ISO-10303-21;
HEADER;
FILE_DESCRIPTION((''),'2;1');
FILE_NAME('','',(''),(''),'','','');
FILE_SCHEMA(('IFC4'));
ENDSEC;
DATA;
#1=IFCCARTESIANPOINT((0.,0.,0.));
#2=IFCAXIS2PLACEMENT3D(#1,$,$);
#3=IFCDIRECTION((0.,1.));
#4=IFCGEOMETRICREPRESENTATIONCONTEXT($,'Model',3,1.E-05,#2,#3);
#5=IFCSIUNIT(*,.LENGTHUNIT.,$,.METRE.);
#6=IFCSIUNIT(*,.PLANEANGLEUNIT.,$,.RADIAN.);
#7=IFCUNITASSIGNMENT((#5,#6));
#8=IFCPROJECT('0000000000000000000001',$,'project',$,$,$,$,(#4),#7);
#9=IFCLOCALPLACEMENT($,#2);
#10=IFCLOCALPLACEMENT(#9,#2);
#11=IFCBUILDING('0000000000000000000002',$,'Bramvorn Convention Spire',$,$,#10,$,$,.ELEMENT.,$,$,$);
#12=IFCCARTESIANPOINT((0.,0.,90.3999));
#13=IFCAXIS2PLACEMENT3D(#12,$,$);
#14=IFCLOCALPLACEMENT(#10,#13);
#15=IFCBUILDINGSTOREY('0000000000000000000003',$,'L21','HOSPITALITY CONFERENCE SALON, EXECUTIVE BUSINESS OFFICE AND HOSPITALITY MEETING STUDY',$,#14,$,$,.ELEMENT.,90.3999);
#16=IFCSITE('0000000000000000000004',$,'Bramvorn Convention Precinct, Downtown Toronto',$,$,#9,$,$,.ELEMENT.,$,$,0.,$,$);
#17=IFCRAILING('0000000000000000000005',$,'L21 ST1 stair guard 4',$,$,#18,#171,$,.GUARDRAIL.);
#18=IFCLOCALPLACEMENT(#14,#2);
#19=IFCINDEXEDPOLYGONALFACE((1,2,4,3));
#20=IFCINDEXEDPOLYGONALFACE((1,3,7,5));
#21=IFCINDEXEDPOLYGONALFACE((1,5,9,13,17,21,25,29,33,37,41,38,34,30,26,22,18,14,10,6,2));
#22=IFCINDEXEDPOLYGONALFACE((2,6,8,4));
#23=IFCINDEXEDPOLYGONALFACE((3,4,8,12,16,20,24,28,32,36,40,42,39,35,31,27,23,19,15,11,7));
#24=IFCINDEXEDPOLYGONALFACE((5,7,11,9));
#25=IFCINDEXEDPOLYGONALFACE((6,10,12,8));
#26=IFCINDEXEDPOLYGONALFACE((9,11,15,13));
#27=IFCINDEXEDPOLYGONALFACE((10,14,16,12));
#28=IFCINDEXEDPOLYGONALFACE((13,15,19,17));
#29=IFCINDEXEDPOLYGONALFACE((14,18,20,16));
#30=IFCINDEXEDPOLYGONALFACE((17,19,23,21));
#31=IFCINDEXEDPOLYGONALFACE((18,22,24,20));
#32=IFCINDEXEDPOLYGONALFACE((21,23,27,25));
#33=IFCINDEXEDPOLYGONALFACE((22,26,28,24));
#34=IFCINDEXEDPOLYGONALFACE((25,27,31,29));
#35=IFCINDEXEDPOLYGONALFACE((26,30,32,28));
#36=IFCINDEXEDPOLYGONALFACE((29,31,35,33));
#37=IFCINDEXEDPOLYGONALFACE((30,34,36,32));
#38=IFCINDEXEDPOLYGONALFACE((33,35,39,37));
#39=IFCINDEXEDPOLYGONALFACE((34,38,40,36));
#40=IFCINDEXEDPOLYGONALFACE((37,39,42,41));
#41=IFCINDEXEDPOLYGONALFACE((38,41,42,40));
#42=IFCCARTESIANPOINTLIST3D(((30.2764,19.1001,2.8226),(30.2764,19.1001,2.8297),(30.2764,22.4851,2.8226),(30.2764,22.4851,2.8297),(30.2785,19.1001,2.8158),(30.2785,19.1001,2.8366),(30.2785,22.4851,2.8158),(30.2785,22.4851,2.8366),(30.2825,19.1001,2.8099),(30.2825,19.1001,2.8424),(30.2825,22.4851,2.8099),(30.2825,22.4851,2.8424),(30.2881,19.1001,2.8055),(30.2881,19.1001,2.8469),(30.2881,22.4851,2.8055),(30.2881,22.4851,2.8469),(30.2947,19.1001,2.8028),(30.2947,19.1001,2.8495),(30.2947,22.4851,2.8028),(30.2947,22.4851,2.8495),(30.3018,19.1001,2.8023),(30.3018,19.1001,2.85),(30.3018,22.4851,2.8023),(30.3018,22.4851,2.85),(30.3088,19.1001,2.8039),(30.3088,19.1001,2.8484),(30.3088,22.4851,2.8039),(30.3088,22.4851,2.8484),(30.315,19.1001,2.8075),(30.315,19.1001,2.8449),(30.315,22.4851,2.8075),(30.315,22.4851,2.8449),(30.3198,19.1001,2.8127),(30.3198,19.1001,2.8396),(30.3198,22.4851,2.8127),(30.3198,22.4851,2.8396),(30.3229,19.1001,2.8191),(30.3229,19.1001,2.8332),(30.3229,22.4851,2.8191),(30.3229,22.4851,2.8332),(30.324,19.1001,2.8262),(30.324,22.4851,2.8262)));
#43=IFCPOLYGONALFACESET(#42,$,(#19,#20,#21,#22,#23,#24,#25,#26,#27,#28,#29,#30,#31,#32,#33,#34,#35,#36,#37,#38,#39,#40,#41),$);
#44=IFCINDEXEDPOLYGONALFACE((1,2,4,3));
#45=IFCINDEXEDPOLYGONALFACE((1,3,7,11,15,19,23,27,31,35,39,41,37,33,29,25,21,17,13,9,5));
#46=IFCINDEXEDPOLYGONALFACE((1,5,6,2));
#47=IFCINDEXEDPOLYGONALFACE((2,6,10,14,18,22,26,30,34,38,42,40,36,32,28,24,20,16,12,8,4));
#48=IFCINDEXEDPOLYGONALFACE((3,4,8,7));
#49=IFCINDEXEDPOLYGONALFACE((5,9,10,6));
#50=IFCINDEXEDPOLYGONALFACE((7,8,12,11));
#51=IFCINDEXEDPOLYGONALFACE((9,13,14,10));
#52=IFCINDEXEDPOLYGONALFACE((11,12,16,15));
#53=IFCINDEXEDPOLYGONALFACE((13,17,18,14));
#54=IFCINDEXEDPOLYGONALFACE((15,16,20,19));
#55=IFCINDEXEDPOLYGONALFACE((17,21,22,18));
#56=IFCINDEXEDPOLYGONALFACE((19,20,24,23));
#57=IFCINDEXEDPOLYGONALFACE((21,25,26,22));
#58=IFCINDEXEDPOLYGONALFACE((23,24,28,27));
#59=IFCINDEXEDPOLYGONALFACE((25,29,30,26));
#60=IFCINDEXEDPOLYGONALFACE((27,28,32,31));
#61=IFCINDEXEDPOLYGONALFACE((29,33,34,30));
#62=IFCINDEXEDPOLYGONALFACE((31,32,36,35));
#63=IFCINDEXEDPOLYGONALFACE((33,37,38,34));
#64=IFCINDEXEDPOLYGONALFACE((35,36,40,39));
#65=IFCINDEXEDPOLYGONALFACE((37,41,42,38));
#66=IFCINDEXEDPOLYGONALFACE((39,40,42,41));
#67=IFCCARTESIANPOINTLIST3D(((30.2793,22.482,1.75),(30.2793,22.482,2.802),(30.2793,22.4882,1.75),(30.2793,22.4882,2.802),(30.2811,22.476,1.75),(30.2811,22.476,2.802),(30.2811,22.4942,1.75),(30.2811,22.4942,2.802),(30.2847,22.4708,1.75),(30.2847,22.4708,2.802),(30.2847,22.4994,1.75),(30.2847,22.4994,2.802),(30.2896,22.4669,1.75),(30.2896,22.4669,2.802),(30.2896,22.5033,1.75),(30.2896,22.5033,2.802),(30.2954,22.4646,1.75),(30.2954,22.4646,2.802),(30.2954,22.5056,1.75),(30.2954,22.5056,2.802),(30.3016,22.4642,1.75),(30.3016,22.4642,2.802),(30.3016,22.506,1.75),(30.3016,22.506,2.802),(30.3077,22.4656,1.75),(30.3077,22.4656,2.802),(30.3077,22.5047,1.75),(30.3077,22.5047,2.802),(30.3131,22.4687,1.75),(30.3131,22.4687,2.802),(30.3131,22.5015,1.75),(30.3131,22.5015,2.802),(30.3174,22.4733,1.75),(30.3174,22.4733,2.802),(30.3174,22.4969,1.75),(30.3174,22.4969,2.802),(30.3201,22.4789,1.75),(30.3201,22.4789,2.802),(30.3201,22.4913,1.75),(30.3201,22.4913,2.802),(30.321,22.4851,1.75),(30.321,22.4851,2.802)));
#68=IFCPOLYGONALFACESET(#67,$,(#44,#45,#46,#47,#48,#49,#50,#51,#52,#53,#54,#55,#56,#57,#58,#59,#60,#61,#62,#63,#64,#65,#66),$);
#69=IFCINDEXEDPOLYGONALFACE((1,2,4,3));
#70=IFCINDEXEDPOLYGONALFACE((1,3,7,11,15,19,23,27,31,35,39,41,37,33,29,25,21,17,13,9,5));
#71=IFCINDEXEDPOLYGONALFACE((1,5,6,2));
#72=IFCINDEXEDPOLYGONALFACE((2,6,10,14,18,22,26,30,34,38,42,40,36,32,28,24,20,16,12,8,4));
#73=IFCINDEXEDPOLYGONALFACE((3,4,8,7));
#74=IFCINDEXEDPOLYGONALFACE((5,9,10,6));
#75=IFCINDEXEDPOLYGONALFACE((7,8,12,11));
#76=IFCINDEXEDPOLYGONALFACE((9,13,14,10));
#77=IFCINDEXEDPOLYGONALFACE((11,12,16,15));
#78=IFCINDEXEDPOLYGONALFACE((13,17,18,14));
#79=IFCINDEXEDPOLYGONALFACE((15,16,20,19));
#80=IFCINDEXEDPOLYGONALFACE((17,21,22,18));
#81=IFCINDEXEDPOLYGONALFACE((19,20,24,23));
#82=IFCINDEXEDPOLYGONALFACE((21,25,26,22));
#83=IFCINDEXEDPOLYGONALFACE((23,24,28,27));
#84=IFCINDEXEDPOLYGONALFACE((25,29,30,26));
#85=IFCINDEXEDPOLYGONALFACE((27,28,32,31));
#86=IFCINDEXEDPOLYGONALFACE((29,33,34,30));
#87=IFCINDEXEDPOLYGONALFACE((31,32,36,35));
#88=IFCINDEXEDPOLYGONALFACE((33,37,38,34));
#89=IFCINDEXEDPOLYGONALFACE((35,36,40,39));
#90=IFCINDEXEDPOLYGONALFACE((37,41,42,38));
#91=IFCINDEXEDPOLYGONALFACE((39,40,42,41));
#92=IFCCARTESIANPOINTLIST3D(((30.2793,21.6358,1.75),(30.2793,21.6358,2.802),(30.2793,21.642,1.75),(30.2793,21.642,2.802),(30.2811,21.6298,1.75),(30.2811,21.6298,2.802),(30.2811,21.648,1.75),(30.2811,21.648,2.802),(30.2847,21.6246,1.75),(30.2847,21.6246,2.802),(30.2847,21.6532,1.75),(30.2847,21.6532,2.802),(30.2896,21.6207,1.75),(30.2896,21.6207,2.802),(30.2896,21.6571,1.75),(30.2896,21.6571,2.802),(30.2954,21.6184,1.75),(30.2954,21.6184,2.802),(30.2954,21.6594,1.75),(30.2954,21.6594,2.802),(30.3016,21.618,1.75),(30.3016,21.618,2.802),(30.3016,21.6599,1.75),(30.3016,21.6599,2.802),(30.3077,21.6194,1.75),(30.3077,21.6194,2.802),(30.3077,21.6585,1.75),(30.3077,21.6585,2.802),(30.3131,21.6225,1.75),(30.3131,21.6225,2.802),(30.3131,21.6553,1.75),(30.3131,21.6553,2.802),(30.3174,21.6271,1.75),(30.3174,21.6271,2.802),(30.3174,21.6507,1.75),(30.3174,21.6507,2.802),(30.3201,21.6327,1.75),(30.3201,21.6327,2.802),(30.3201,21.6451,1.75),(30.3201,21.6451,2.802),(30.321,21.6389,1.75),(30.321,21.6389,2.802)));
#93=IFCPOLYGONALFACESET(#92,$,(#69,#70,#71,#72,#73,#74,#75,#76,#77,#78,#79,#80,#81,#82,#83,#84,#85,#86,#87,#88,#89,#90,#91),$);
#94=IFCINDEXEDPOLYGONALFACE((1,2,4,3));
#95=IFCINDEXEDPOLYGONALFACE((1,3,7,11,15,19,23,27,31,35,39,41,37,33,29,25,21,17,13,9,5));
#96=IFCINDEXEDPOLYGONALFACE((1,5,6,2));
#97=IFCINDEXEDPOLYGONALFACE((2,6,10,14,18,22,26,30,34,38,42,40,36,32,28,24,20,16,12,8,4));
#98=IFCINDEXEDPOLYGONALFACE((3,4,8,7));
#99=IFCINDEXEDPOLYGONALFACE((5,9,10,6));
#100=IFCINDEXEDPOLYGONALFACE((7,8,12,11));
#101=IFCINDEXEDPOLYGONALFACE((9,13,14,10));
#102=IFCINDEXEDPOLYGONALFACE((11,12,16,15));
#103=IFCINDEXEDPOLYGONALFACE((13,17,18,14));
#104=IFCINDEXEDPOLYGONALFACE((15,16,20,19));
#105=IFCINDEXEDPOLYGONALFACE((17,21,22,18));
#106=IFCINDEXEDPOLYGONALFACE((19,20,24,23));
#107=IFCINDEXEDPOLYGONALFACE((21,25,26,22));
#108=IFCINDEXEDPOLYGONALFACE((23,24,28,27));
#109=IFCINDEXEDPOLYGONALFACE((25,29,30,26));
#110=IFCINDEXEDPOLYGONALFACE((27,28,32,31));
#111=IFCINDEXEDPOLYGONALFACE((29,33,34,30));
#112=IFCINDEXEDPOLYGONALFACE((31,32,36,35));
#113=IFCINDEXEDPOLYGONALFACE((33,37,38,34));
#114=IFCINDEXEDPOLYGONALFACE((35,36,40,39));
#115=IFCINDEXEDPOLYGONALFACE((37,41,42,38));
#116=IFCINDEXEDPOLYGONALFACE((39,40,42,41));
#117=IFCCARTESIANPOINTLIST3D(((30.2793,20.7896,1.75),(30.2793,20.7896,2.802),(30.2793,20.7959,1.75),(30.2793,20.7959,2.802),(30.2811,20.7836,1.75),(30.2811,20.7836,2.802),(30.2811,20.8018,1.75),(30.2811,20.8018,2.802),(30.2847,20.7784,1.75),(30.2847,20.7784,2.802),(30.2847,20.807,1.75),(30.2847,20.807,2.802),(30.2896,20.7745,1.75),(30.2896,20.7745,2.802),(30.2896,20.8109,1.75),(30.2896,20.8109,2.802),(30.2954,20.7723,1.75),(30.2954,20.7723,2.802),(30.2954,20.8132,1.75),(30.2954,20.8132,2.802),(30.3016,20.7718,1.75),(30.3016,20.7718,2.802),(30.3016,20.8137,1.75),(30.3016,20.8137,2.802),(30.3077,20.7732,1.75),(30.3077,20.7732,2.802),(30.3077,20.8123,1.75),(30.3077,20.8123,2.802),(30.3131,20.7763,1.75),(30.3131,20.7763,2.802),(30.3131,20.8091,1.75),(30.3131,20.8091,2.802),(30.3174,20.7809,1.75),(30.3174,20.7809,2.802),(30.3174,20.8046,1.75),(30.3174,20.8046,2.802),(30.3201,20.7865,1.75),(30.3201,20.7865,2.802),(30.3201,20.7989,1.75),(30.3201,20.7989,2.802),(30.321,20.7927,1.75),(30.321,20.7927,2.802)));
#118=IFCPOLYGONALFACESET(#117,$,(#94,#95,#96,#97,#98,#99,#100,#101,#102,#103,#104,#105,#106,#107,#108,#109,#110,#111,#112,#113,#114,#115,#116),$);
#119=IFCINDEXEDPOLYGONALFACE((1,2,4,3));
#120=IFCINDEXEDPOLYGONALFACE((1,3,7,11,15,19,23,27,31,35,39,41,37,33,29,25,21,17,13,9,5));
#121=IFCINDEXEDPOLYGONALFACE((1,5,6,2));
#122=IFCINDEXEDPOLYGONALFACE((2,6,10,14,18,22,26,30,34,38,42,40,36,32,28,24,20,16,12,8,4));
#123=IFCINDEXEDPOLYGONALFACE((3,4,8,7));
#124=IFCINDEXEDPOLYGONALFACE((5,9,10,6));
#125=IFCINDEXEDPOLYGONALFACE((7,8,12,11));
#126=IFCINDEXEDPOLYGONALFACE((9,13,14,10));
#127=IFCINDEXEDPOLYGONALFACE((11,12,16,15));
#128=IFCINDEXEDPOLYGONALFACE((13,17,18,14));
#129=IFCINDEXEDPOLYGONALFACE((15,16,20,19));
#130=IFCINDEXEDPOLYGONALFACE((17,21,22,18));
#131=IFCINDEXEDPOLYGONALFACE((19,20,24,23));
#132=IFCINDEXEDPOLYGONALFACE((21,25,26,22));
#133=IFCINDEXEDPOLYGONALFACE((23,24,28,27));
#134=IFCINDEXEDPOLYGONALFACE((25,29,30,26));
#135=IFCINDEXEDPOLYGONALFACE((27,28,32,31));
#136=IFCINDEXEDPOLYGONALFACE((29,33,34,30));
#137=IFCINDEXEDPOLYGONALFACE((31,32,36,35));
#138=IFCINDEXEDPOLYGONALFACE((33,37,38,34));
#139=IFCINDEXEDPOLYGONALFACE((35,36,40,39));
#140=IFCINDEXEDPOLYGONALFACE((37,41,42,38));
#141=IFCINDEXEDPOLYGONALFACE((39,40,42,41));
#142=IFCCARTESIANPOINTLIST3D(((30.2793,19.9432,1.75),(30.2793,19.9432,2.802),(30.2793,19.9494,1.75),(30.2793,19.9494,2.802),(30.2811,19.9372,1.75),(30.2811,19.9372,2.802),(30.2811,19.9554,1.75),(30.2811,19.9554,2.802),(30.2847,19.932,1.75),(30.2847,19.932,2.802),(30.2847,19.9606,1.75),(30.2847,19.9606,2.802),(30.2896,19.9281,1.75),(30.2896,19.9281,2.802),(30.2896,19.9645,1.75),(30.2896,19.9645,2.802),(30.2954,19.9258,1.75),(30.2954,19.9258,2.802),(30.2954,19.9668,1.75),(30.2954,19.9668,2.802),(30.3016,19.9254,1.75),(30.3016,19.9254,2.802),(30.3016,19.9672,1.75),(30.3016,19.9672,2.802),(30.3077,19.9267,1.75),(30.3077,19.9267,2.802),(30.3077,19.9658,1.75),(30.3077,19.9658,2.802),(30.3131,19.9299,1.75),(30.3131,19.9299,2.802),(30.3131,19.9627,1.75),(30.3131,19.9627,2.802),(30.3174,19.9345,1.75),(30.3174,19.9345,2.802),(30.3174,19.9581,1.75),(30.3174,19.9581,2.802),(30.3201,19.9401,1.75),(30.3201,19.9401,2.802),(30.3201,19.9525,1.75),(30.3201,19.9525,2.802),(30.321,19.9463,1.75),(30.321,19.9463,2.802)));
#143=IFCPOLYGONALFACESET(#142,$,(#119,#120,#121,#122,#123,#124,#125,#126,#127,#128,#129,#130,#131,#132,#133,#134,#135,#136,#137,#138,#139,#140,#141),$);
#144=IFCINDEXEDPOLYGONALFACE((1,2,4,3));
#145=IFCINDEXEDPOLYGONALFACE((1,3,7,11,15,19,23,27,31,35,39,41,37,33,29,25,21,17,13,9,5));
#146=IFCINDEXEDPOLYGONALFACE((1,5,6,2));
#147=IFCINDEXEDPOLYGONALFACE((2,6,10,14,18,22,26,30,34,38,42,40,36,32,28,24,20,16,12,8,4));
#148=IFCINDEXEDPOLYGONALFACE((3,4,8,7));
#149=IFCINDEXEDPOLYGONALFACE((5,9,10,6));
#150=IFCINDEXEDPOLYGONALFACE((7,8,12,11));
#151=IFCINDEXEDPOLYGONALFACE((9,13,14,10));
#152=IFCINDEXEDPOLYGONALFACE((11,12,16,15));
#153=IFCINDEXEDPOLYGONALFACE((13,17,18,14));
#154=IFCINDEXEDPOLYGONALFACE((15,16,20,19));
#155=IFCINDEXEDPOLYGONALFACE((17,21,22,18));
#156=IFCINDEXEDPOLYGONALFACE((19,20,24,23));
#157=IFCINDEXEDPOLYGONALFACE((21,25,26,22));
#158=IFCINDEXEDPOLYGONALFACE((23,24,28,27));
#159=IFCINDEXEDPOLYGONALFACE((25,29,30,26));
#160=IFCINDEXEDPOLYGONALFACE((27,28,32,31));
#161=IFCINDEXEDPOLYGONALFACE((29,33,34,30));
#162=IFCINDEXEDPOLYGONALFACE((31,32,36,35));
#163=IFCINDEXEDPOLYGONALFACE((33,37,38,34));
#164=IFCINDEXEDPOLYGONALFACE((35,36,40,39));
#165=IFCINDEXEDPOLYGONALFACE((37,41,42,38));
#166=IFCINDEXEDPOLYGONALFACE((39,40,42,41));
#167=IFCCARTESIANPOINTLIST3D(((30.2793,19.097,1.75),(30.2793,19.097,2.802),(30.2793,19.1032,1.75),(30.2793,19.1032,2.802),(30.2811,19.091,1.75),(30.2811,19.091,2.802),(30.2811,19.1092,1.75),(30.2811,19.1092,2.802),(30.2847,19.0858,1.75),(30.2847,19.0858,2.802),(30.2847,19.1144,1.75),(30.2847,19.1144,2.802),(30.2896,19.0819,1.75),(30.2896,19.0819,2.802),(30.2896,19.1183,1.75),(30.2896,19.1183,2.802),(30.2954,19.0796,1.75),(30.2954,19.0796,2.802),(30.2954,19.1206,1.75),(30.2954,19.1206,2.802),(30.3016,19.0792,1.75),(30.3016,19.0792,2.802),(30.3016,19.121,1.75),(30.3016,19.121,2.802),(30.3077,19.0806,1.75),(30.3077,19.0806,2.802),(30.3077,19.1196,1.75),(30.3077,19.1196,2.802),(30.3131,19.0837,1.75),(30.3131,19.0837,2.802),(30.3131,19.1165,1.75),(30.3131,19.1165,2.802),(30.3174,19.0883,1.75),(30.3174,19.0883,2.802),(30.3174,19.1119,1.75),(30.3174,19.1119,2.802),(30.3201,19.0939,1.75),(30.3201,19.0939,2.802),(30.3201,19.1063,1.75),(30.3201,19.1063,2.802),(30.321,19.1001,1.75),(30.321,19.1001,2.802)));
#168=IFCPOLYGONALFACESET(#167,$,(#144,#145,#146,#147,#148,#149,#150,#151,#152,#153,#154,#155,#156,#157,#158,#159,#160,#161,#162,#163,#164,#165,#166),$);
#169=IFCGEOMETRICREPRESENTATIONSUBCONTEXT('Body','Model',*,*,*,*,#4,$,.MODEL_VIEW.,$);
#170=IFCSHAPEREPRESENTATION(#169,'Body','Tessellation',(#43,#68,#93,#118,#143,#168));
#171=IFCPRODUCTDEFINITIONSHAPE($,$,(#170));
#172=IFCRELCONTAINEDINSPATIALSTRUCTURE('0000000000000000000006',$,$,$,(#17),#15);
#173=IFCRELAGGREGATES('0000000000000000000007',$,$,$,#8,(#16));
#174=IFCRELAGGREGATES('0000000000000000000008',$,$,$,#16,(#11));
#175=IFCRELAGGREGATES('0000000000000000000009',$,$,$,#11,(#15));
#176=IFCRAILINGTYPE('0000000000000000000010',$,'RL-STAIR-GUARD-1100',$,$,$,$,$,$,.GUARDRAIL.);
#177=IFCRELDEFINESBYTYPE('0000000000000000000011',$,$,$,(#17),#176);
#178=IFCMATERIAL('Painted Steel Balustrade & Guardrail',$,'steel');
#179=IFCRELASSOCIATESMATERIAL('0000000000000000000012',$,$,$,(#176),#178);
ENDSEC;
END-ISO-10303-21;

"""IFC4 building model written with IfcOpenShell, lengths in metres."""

from ifc_helpers import new_model, si_unit, direction, frame, origin, origin_2d, place, context, subcontext, project, spatial, circle, extrude, material, type_object, element, save


model = new_model("IFC4")

# Units and contexts
model_context = context("Model", 3, precision=1e-05, world=origin(), true_north=direction((0.0, 1.0)))
body_context = subcontext(model_context, "Body", "Model", "MODEL_VIEW")
ifc_project = project(units=[si_unit("LENGTHUNIT", "METRE"), si_unit("PLANEANGLEUNIT", "RADIAN")], contexts=[model_context])

# Site, building, storey
site_placement = place(None, origin())
site = spatial("IfcSite", under=ifc_project, at=site_placement, Name="Bramvorn Convention Precinct, Downtown Toronto", CompositionType="ELEMENT", RefElevation=0.0)
building_placement = place(site_placement, origin())
building = spatial("IfcBuilding", under=site, at=building_placement, Name="Bramvorn Convention Spire", CompositionType="ELEMENT")
storey_placement = place(building_placement, frame((0.0, 0.0, 90.3999)))
storey = spatial("IfcBuildingStorey", under=building, at=storey_placement, Name="L21", Description="HOSPITALITY CONFERENCE SALON, EXECUTIVE BUSINESS OFFICE AND HOSPITALITY MEETING STUDY", CompositionType="ELEMENT", Elevation=90.3999)

# Railing
ifc_material_1 = material(Name="Painted Steel Balustrade & Guardrail", Category="steel")
railing_type_1 = type_object("IfcRailingType", Name="RL-STAIR-GUARD-1100", PredefinedType="GUARDRAIL", material=ifc_material_1)
for number, where, name in (
    (1, (30.3, 22.4851, 1.75), "L21 ST1 stair guard 4"),
):
    element("IfcRailing", number, at=place(storey_placement, frame(where)), inside=storey, type_object=railing_type_1, Name=name, PredefinedType="GUARDRAIL", context=body_context, shape_type="SweptSolid", body=[
        extrude(circle(Radius=0.0239, at=origin_2d()), frame((0.0, 0.0, 1.0762), z_axis=(0.0, -1.0, 0.0), x_axis=(1.0, 0.0, 0.0)), (0.0, 0.0, 1.0), 3.385),
        extrude(circle(Radius=0.021, at=origin_2d()), origin(), (0.0, 0.0, 1.0), 1.052),
        extrude(circle(Radius=0.021, at=origin_2d()), frame((0.0, -0.8462, 0.0)), (0.0, 0.0, 1.0), 1.052),
        extrude(circle(Radius=0.021, at=origin_2d()), frame((0.0, -1.6924, 0.0)), (0.0, 0.0, 1.0), 1.052),
        extrude(circle(Radius=0.021, at=origin_2d()), frame((0.0, -2.5388, 0.0)), (0.0, 0.0, 1.0), 1.052),
        extrude(circle(Radius=0.021, at=origin_2d()), frame((0.0, -3.385, 0.0)), (0.0, 0.0, 1.0), 1.052),
    ])

save(model, "model.ifc")
